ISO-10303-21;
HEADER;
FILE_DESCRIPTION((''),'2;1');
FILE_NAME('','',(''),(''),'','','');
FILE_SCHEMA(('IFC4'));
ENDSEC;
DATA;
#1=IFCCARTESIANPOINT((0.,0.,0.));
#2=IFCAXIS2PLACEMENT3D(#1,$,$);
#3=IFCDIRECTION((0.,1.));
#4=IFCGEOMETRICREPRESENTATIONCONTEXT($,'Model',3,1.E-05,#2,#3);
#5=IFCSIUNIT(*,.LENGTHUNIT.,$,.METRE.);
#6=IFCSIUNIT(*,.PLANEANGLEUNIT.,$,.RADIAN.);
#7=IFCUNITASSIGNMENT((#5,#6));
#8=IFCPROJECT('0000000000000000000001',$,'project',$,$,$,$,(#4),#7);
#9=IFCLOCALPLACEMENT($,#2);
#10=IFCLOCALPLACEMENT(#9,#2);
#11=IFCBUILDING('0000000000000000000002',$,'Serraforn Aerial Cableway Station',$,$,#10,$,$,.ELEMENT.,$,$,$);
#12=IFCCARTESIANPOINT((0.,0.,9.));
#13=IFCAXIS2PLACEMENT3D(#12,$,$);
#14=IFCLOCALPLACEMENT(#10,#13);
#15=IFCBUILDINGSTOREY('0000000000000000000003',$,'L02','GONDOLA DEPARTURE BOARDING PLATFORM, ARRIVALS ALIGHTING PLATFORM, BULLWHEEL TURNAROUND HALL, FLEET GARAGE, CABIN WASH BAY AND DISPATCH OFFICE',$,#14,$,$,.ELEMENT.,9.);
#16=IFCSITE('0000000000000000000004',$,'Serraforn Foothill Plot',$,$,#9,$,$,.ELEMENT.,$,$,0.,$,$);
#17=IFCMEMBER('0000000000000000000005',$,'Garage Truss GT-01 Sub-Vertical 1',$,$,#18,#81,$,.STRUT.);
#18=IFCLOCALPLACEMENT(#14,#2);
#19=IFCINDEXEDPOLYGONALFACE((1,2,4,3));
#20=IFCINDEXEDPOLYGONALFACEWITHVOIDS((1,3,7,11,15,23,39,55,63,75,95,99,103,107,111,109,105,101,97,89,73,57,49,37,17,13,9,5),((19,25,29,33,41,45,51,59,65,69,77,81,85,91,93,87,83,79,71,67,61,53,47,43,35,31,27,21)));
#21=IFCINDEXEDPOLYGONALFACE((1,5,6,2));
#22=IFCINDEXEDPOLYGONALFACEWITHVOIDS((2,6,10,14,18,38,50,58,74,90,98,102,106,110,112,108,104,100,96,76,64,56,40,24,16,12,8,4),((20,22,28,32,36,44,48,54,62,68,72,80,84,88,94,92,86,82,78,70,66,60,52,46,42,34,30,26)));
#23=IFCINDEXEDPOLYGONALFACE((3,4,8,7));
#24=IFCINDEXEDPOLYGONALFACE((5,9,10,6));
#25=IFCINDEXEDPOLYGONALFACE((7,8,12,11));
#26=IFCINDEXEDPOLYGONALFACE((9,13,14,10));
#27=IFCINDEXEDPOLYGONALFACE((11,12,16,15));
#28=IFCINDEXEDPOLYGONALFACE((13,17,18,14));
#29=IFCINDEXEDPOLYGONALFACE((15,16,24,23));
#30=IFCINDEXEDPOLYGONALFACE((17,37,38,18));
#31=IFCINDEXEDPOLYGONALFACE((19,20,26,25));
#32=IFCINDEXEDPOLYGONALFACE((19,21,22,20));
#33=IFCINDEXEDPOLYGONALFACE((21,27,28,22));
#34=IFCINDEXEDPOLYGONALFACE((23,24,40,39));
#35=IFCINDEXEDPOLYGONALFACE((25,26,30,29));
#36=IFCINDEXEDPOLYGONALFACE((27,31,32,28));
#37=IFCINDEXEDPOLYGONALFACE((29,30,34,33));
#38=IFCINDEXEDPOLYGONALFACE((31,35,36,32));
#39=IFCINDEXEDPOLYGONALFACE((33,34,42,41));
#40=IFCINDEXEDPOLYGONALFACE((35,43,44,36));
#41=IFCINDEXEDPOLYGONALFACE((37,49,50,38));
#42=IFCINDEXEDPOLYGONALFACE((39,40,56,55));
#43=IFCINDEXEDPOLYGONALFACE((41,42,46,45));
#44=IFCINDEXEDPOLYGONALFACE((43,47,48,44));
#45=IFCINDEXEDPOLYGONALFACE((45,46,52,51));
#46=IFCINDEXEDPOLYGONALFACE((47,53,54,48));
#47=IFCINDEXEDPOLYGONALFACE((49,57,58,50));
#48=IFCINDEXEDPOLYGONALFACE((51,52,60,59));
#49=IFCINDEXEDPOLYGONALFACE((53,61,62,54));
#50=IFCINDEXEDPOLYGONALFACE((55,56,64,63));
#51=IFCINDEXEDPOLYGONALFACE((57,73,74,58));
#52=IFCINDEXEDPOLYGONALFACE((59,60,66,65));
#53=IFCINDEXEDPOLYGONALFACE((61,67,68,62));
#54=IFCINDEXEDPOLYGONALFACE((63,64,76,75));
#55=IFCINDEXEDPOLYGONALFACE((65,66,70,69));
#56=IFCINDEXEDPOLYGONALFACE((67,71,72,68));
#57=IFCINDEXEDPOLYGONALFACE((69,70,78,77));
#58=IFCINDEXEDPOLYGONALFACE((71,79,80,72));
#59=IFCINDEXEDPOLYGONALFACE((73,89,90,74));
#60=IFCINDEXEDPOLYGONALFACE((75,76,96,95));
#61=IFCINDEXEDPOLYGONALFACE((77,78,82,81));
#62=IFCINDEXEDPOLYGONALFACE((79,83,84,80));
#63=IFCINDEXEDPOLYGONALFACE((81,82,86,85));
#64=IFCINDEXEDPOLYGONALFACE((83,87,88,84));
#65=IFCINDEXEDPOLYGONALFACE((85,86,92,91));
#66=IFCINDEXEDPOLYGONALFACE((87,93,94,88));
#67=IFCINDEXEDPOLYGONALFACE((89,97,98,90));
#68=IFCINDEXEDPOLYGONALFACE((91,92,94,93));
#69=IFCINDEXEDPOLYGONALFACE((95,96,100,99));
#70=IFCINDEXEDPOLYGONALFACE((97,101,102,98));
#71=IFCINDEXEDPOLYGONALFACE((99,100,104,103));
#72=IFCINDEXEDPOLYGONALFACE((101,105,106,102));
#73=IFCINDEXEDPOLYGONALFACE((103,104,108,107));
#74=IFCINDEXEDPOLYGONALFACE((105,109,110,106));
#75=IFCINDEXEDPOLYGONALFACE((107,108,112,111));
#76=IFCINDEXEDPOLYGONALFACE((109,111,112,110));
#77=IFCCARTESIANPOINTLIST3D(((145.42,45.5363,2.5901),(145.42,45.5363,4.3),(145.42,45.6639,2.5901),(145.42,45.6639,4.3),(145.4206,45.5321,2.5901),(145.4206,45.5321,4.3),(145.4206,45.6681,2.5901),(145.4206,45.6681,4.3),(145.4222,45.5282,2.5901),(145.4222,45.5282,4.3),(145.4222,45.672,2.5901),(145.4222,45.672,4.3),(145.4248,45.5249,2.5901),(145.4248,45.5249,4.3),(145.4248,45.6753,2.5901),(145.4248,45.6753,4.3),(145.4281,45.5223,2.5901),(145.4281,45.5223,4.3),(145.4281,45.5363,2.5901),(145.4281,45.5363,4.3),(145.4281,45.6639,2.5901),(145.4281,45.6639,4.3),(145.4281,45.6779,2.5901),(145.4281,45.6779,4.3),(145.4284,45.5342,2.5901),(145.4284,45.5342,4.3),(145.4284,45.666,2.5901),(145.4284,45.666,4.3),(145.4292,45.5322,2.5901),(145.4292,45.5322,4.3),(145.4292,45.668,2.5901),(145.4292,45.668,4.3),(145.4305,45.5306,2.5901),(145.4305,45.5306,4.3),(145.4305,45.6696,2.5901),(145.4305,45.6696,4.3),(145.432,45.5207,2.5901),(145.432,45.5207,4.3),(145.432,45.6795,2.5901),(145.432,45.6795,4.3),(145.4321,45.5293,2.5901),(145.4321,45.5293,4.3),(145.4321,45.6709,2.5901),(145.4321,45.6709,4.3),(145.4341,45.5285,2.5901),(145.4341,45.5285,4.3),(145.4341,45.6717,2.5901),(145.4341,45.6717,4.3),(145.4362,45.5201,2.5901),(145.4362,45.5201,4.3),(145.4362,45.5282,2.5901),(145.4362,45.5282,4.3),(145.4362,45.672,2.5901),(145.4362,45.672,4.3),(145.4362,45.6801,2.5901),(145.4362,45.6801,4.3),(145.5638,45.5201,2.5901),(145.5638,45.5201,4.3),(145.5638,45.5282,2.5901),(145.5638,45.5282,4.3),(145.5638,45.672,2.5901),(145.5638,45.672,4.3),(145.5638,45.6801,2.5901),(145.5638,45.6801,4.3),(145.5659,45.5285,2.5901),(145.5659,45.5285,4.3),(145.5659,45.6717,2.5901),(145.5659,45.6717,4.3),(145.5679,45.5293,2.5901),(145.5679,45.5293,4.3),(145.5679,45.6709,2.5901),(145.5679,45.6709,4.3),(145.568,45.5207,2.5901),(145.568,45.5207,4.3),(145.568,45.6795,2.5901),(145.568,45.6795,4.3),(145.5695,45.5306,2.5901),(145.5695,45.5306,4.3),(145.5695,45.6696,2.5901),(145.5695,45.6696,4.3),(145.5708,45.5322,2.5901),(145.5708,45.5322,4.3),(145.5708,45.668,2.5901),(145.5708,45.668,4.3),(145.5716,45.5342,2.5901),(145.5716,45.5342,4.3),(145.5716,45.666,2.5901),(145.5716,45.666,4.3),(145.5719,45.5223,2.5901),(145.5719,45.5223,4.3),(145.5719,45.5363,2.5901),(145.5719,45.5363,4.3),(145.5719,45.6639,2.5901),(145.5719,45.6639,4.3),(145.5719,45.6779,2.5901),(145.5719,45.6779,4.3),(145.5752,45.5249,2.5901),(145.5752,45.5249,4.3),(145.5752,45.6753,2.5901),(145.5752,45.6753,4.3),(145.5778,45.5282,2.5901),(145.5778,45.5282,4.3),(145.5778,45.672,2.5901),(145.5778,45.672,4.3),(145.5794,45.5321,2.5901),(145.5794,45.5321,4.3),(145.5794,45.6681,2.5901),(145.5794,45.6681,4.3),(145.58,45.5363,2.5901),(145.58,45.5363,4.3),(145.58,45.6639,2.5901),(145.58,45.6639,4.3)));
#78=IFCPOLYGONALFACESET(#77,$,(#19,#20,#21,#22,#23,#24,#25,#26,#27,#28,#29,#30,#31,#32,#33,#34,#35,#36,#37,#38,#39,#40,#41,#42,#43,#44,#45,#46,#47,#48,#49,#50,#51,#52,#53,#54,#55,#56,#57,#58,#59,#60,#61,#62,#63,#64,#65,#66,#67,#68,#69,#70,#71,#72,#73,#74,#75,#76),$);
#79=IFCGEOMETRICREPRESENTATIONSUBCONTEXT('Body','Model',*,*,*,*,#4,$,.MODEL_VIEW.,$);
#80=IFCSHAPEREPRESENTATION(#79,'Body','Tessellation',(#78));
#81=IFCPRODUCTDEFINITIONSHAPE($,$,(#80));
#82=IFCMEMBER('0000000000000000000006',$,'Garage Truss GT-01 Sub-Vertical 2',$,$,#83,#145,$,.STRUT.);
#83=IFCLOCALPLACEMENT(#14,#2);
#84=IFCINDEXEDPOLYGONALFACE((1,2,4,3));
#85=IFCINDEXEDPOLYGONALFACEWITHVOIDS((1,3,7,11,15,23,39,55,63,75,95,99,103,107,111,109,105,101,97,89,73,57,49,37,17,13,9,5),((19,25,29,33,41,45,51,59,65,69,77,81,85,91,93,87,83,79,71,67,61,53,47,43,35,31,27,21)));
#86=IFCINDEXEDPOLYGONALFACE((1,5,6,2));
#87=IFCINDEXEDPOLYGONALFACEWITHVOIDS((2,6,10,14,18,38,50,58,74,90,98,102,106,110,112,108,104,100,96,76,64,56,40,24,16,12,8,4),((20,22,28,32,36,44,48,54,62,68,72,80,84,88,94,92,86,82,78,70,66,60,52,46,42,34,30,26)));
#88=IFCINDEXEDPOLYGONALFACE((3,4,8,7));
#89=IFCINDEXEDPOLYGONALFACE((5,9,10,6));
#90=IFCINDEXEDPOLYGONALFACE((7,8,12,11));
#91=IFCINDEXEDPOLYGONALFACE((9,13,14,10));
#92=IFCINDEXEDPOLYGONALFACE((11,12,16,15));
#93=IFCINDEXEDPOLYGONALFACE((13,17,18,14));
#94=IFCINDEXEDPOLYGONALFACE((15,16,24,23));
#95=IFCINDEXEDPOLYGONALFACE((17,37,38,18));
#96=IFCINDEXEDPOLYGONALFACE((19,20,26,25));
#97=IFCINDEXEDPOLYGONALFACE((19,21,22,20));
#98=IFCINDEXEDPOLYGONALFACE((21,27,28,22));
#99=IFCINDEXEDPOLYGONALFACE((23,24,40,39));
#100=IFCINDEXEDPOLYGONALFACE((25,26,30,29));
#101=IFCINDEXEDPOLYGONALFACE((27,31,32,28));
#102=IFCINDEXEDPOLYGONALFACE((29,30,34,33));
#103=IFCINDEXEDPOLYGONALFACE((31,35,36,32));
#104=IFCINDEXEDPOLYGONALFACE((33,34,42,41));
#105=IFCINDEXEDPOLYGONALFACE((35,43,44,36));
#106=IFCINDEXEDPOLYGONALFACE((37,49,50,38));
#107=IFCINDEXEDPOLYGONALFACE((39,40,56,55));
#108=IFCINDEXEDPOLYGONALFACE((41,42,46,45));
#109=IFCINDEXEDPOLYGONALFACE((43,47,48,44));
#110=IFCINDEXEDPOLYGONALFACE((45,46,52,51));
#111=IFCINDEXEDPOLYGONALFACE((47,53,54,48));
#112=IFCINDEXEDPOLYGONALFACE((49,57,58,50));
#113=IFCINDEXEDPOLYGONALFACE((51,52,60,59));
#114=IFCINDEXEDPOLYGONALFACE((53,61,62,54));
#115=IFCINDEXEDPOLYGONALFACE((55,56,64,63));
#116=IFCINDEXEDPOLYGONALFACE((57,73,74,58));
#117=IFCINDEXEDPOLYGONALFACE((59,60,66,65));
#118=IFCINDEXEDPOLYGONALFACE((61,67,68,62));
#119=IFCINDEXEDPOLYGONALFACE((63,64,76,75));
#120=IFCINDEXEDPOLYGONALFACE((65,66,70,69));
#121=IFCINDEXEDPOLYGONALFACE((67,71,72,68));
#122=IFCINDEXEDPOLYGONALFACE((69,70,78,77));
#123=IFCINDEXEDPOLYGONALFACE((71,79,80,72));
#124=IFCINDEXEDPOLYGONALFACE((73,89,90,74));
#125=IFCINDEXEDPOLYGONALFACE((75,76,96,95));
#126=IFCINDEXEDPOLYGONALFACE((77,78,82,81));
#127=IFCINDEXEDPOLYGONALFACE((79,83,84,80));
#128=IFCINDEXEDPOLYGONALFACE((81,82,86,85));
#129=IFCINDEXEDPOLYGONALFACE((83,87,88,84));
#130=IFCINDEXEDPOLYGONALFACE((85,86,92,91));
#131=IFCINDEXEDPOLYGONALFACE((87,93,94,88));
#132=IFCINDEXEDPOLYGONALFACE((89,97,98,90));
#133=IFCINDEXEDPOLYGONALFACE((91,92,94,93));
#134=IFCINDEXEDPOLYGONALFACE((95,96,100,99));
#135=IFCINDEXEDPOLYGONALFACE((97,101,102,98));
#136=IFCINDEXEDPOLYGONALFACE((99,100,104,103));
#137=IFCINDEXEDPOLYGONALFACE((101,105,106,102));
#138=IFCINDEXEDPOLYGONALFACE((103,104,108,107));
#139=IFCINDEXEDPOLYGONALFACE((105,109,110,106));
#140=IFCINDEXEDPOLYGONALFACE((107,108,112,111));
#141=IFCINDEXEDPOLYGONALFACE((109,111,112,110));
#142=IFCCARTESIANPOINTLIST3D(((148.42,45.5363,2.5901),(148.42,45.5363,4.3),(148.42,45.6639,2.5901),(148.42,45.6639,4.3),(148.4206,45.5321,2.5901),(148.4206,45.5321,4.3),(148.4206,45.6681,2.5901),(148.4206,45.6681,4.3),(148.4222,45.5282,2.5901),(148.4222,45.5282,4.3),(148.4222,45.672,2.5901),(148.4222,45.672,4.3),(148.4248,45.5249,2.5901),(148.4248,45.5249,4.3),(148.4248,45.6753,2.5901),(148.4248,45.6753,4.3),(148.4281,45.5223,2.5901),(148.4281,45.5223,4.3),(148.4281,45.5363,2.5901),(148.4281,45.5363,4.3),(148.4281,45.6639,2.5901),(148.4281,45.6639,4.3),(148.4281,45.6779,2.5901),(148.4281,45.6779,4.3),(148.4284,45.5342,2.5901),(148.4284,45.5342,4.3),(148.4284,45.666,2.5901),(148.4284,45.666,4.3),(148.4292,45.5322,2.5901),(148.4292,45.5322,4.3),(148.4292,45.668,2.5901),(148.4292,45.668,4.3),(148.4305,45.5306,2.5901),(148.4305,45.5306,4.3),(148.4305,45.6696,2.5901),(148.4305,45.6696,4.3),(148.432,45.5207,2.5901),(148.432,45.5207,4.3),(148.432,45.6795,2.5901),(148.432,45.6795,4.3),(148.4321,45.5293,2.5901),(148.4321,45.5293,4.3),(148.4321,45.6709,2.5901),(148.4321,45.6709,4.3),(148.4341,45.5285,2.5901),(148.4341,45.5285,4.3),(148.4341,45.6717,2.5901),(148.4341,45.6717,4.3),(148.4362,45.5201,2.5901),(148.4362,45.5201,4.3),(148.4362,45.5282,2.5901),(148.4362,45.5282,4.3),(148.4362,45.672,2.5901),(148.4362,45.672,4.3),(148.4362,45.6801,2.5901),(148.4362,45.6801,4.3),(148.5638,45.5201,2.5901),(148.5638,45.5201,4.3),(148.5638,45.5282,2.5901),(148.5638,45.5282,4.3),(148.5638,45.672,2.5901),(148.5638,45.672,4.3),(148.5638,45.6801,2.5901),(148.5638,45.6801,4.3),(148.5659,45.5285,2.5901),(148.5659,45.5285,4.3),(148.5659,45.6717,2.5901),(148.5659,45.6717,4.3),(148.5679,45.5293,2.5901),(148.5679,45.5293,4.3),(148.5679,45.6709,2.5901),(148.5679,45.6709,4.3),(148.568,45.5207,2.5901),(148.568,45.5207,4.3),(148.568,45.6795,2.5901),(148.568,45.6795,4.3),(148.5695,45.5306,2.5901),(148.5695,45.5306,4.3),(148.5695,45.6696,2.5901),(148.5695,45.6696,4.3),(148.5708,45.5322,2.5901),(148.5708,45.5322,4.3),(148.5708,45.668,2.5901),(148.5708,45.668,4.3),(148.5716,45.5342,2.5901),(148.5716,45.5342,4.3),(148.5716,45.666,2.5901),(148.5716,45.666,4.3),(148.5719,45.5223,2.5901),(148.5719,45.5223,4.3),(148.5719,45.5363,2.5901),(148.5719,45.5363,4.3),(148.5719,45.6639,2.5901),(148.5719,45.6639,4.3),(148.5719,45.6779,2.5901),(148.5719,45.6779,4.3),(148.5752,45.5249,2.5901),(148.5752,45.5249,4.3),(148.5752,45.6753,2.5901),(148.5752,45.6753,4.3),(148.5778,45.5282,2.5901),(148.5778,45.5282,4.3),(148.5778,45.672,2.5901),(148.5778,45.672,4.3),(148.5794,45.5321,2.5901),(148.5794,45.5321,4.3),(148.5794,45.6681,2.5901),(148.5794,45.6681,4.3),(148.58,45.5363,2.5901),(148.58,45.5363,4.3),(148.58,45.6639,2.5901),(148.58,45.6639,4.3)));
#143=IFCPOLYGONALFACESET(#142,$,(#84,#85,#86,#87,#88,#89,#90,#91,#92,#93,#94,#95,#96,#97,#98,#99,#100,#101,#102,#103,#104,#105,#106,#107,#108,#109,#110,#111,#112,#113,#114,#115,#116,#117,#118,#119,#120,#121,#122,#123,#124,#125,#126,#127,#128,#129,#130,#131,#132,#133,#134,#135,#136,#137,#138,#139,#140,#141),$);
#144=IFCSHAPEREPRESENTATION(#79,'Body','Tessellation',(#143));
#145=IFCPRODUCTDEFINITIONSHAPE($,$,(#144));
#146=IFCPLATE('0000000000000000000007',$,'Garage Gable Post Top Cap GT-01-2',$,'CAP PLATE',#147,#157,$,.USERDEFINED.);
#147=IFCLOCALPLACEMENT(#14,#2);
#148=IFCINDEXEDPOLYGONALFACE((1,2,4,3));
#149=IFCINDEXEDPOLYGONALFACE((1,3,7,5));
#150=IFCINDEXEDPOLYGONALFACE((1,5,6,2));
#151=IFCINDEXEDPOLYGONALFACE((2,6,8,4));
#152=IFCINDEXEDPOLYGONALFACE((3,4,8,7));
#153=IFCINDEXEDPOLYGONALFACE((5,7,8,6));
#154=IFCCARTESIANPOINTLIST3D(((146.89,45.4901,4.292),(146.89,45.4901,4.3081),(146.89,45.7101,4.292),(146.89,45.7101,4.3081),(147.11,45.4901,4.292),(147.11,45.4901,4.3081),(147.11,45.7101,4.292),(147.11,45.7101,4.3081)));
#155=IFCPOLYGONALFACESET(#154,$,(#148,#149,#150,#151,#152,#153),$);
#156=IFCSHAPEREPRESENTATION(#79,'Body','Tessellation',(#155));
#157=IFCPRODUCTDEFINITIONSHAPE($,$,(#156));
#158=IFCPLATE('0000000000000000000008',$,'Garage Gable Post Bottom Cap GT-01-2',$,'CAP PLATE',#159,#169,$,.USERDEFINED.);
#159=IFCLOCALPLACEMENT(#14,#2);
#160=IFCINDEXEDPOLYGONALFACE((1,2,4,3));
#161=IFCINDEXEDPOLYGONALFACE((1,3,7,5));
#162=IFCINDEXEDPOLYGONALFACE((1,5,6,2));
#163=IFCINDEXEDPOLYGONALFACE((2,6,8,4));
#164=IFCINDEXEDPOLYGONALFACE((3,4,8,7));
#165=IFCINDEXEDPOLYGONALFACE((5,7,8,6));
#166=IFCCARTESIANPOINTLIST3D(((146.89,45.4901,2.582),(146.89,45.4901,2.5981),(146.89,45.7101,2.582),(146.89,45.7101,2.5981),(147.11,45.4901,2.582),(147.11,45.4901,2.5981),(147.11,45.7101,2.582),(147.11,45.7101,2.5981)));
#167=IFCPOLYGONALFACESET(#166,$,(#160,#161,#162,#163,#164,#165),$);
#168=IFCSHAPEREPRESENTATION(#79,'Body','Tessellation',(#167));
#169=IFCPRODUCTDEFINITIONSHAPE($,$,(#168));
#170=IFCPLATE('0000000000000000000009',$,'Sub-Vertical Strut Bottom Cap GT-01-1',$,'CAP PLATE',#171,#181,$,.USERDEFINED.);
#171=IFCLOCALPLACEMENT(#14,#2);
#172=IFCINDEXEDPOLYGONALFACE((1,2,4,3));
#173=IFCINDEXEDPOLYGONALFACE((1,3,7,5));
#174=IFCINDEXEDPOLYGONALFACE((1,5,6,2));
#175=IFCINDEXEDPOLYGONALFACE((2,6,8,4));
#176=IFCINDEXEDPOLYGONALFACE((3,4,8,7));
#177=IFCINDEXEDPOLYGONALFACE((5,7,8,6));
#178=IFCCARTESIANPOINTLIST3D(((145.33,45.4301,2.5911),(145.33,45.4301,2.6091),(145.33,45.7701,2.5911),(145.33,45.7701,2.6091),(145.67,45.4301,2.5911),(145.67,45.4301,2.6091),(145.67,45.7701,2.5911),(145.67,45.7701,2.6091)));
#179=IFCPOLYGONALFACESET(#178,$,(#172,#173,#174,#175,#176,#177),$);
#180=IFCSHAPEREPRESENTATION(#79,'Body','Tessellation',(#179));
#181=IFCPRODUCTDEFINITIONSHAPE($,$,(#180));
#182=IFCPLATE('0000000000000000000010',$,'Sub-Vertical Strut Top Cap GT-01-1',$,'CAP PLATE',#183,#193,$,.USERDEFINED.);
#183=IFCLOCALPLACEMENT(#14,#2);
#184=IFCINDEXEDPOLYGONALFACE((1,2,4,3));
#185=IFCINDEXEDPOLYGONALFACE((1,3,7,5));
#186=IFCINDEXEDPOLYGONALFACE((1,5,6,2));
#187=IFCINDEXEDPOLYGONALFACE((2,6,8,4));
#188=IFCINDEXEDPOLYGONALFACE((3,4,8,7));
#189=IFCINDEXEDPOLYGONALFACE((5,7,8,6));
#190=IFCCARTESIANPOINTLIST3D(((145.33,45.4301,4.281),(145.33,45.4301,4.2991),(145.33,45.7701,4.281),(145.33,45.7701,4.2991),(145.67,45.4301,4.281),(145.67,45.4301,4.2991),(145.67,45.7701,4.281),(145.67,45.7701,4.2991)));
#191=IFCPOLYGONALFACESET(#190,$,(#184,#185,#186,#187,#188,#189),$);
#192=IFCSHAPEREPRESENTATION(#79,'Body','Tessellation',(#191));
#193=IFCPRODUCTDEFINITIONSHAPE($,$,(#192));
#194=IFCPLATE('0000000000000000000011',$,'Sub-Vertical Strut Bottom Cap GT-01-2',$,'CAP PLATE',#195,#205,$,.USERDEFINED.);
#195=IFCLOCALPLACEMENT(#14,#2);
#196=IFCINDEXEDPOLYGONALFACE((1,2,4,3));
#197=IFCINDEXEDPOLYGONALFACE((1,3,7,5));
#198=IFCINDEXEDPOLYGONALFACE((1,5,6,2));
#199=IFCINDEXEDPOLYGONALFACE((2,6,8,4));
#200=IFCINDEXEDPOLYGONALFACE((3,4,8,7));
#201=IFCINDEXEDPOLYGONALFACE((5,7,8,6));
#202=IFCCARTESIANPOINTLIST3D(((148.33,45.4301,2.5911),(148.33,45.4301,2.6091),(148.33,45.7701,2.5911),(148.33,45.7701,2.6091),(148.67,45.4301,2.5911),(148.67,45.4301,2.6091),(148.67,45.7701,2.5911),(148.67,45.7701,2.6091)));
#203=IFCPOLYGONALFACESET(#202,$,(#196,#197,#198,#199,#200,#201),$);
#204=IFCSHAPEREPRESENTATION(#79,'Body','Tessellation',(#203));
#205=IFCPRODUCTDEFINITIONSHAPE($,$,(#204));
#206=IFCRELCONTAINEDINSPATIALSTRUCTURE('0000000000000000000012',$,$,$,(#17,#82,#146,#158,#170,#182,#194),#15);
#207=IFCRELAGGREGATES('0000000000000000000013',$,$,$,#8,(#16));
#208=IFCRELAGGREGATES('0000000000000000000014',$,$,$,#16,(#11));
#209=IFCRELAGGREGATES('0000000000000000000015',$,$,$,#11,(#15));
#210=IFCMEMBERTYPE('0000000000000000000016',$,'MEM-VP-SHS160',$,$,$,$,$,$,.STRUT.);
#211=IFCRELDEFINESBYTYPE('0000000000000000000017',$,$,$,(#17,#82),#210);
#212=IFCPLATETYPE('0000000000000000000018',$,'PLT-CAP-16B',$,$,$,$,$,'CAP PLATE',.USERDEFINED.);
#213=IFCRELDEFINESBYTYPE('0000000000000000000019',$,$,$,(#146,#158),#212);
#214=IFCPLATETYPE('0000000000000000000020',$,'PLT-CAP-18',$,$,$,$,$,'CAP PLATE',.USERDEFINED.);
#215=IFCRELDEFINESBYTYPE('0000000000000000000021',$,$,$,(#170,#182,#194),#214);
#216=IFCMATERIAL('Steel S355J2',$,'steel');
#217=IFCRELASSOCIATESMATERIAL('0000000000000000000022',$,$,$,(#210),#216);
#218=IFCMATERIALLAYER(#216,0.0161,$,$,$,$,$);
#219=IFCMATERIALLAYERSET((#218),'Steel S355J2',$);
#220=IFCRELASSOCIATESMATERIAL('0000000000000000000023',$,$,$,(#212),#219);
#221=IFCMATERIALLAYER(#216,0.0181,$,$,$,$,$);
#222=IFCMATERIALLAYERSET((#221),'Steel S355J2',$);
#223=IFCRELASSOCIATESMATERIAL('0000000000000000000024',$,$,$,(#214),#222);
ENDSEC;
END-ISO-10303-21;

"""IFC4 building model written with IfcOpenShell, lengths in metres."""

from ifc_helpers import new_model, si_unit, direction, frame, origin, origin_2d, place, context, subcontext, project, spatial, rectangle, hollow_rectangle, extrude, material, layer, layer_set, material_profile, profile_set, type_object, element, save


model = new_model("IFC4")

# Units and contexts
model_context = context("Model", 3, precision=1e-05, world=origin(), true_north=direction((0.0, 1.0)))
body_context = subcontext(model_context, "Body", "Model", "MODEL_VIEW")
ifc_project = project(units=[si_unit("LENGTHUNIT", "METRE"), si_unit("PLANEANGLEUNIT", "RADIAN")], contexts=[model_context])

# Site, building, storey
site_placement = place(None, origin())
site = spatial("IfcSite", under=ifc_project, at=site_placement, Name="Serraforn Foothill Plot", CompositionType="ELEMENT", RefElevation=0.0)
building_placement = place(site_placement, origin())
building = spatial("IfcBuilding", under=site, at=building_placement, Name="Serraforn Aerial Cableway Station", CompositionType="ELEMENT")
storey_placement = place(building_placement, frame((0.0, 0.0, 9.0)))
storey = spatial("IfcBuildingStorey", under=building, at=storey_placement, Name="L02", Description="GONDOLA DEPARTURE BOARDING PLATFORM, ARRIVALS ALIGHTING PLATFORM, BULLWHEEL TURNAROUND HALL, FLEET GARAGE, CABIN WASH BAY AND DISPATCH OFFICE", CompositionType="ELEMENT", Elevation=9.0)

# Shared definitions
ifc_material_1 = material(Name="Steel S355J2", Category="steel")

# Members
ifc_material_profile_1 = material_profile(ifc_material_1, hollow_rectangle(XDim=0.1599, YDim=0.1599, WallThickness=0.0081, InnerFilletRadius=0.0081, OuterFilletRadius=0.0161, at=origin_2d()), Name="SHS 160x160x8.0")
ifc_profile_set_1 = profile_set([ifc_material_profile_1], Name="Steel S355J2")
member_type_1 = type_object("IfcMemberType", Name="MEM-VP-SHS160", PredefinedType="STRUT", material=ifc_profile_set_1)
for number, where, z_axis, x_axis, name in (
    (1, (145.5, 45.6001, 2.5901), (0.0, 0.0, 1.0), (1.0, 0.0, 0.0), "Garage Truss GT-01 Sub-Vertical 1"),
    (2, (148.5, 45.6001, 2.5901), (0.0, 0.0, 1.0), (1.0, 0.0, 0.0), "Garage Truss GT-01 Sub-Vertical 2"),
):
    element("IfcMember", number, at=place(storey_placement, frame(where, z_axis=z_axis, x_axis=x_axis)), inside=storey, type_object=member_type_1, Name=name, PredefinedType="STRUT", context=body_context, shape_type="SweptSolid", body=[
        extrude(hollow_rectangle(XDim=0.1599, YDim=0.1599, WallThickness=0.0081, InnerFilletRadius=0.0081, OuterFilletRadius=0.0161, at=origin_2d()), origin(), (0.0, 0.0, 1.0), 1.71),
    ])

# Plates
ifc_layer_1 = layer(ifc_material_1, 0.0161)
ifc_layer_set_1 = layer_set([ifc_layer_1], Name="Steel S355J2")
plate_type_1 = type_object("IfcPlateType", Name="PLT-CAP-16B", ElementType="CAP PLATE", PredefinedType="USERDEFINED", material=ifc_layer_set_1)
for number, where, z_axis, x_axis, name in (
    (3, (147.0, 45.6001, 4.292), (0.0, 0.0, 1.0), (1.0, 0.0, 0.0), "Garage Gable Post Top Cap GT-01-2"),
    (4, (147.0, 45.6001, 2.582), (0.0, 0.0, 1.0), (1.0, 0.0, 0.0), "Garage Gable Post Bottom Cap GT-01-2"),
):
    element("IfcPlate", number, at=place(storey_placement, frame(where, z_axis=z_axis, x_axis=x_axis)), inside=storey, type_object=plate_type_1, Name=name, ObjectType="CAP PLATE", PredefinedType="USERDEFINED", context=body_context, shape_type="SweptSolid", body=[
        extrude(rectangle(XDim=0.22, YDim=0.22, at=origin_2d()), origin(), (0.0, 0.0, 1.0), 0.0161),
    ])
ifc_layer_2 = layer(ifc_material_1, 0.0181)
ifc_layer_set_2 = layer_set([ifc_layer_2], Name="Steel S355J2")
plate_type_2 = type_object("IfcPlateType", Name="PLT-CAP-18", ElementType="CAP PLATE", PredefinedType="USERDEFINED", material=ifc_layer_set_2)
for number, where, z_axis, x_axis, name in (
    (5, (145.5, 45.6001, 2.5911), (0.0, 0.0, 1.0), (1.0, 0.0, 0.0), "Sub-Vertical Strut Bottom Cap GT-01-1"),
    (6, (145.5, 45.6001, 4.281), (0.0, 0.0, 1.0), (1.0, 0.0, 0.0), "Sub-Vertical Strut Top Cap GT-01-1"),
    (7, (148.5, 45.6001, 2.5911), (0.0, 0.0, 1.0), (1.0, 0.0, 0.0), "Sub-Vertical Strut Bottom Cap GT-01-2"),
):
    element("IfcPlate", number, at=place(storey_placement, frame(where, z_axis=z_axis, x_axis=x_axis)), inside=storey, type_object=plate_type_2, Name=name, ObjectType="CAP PLATE", PredefinedType="USERDEFINED", context=body_context, shape_type="SweptSolid", body=[
        extrude(rectangle(XDim=0.3401, YDim=0.3401, at=origin_2d()), origin(), (0.0, 0.0, 1.0), 0.0181),
    ])

save(model, "model.ifc")
